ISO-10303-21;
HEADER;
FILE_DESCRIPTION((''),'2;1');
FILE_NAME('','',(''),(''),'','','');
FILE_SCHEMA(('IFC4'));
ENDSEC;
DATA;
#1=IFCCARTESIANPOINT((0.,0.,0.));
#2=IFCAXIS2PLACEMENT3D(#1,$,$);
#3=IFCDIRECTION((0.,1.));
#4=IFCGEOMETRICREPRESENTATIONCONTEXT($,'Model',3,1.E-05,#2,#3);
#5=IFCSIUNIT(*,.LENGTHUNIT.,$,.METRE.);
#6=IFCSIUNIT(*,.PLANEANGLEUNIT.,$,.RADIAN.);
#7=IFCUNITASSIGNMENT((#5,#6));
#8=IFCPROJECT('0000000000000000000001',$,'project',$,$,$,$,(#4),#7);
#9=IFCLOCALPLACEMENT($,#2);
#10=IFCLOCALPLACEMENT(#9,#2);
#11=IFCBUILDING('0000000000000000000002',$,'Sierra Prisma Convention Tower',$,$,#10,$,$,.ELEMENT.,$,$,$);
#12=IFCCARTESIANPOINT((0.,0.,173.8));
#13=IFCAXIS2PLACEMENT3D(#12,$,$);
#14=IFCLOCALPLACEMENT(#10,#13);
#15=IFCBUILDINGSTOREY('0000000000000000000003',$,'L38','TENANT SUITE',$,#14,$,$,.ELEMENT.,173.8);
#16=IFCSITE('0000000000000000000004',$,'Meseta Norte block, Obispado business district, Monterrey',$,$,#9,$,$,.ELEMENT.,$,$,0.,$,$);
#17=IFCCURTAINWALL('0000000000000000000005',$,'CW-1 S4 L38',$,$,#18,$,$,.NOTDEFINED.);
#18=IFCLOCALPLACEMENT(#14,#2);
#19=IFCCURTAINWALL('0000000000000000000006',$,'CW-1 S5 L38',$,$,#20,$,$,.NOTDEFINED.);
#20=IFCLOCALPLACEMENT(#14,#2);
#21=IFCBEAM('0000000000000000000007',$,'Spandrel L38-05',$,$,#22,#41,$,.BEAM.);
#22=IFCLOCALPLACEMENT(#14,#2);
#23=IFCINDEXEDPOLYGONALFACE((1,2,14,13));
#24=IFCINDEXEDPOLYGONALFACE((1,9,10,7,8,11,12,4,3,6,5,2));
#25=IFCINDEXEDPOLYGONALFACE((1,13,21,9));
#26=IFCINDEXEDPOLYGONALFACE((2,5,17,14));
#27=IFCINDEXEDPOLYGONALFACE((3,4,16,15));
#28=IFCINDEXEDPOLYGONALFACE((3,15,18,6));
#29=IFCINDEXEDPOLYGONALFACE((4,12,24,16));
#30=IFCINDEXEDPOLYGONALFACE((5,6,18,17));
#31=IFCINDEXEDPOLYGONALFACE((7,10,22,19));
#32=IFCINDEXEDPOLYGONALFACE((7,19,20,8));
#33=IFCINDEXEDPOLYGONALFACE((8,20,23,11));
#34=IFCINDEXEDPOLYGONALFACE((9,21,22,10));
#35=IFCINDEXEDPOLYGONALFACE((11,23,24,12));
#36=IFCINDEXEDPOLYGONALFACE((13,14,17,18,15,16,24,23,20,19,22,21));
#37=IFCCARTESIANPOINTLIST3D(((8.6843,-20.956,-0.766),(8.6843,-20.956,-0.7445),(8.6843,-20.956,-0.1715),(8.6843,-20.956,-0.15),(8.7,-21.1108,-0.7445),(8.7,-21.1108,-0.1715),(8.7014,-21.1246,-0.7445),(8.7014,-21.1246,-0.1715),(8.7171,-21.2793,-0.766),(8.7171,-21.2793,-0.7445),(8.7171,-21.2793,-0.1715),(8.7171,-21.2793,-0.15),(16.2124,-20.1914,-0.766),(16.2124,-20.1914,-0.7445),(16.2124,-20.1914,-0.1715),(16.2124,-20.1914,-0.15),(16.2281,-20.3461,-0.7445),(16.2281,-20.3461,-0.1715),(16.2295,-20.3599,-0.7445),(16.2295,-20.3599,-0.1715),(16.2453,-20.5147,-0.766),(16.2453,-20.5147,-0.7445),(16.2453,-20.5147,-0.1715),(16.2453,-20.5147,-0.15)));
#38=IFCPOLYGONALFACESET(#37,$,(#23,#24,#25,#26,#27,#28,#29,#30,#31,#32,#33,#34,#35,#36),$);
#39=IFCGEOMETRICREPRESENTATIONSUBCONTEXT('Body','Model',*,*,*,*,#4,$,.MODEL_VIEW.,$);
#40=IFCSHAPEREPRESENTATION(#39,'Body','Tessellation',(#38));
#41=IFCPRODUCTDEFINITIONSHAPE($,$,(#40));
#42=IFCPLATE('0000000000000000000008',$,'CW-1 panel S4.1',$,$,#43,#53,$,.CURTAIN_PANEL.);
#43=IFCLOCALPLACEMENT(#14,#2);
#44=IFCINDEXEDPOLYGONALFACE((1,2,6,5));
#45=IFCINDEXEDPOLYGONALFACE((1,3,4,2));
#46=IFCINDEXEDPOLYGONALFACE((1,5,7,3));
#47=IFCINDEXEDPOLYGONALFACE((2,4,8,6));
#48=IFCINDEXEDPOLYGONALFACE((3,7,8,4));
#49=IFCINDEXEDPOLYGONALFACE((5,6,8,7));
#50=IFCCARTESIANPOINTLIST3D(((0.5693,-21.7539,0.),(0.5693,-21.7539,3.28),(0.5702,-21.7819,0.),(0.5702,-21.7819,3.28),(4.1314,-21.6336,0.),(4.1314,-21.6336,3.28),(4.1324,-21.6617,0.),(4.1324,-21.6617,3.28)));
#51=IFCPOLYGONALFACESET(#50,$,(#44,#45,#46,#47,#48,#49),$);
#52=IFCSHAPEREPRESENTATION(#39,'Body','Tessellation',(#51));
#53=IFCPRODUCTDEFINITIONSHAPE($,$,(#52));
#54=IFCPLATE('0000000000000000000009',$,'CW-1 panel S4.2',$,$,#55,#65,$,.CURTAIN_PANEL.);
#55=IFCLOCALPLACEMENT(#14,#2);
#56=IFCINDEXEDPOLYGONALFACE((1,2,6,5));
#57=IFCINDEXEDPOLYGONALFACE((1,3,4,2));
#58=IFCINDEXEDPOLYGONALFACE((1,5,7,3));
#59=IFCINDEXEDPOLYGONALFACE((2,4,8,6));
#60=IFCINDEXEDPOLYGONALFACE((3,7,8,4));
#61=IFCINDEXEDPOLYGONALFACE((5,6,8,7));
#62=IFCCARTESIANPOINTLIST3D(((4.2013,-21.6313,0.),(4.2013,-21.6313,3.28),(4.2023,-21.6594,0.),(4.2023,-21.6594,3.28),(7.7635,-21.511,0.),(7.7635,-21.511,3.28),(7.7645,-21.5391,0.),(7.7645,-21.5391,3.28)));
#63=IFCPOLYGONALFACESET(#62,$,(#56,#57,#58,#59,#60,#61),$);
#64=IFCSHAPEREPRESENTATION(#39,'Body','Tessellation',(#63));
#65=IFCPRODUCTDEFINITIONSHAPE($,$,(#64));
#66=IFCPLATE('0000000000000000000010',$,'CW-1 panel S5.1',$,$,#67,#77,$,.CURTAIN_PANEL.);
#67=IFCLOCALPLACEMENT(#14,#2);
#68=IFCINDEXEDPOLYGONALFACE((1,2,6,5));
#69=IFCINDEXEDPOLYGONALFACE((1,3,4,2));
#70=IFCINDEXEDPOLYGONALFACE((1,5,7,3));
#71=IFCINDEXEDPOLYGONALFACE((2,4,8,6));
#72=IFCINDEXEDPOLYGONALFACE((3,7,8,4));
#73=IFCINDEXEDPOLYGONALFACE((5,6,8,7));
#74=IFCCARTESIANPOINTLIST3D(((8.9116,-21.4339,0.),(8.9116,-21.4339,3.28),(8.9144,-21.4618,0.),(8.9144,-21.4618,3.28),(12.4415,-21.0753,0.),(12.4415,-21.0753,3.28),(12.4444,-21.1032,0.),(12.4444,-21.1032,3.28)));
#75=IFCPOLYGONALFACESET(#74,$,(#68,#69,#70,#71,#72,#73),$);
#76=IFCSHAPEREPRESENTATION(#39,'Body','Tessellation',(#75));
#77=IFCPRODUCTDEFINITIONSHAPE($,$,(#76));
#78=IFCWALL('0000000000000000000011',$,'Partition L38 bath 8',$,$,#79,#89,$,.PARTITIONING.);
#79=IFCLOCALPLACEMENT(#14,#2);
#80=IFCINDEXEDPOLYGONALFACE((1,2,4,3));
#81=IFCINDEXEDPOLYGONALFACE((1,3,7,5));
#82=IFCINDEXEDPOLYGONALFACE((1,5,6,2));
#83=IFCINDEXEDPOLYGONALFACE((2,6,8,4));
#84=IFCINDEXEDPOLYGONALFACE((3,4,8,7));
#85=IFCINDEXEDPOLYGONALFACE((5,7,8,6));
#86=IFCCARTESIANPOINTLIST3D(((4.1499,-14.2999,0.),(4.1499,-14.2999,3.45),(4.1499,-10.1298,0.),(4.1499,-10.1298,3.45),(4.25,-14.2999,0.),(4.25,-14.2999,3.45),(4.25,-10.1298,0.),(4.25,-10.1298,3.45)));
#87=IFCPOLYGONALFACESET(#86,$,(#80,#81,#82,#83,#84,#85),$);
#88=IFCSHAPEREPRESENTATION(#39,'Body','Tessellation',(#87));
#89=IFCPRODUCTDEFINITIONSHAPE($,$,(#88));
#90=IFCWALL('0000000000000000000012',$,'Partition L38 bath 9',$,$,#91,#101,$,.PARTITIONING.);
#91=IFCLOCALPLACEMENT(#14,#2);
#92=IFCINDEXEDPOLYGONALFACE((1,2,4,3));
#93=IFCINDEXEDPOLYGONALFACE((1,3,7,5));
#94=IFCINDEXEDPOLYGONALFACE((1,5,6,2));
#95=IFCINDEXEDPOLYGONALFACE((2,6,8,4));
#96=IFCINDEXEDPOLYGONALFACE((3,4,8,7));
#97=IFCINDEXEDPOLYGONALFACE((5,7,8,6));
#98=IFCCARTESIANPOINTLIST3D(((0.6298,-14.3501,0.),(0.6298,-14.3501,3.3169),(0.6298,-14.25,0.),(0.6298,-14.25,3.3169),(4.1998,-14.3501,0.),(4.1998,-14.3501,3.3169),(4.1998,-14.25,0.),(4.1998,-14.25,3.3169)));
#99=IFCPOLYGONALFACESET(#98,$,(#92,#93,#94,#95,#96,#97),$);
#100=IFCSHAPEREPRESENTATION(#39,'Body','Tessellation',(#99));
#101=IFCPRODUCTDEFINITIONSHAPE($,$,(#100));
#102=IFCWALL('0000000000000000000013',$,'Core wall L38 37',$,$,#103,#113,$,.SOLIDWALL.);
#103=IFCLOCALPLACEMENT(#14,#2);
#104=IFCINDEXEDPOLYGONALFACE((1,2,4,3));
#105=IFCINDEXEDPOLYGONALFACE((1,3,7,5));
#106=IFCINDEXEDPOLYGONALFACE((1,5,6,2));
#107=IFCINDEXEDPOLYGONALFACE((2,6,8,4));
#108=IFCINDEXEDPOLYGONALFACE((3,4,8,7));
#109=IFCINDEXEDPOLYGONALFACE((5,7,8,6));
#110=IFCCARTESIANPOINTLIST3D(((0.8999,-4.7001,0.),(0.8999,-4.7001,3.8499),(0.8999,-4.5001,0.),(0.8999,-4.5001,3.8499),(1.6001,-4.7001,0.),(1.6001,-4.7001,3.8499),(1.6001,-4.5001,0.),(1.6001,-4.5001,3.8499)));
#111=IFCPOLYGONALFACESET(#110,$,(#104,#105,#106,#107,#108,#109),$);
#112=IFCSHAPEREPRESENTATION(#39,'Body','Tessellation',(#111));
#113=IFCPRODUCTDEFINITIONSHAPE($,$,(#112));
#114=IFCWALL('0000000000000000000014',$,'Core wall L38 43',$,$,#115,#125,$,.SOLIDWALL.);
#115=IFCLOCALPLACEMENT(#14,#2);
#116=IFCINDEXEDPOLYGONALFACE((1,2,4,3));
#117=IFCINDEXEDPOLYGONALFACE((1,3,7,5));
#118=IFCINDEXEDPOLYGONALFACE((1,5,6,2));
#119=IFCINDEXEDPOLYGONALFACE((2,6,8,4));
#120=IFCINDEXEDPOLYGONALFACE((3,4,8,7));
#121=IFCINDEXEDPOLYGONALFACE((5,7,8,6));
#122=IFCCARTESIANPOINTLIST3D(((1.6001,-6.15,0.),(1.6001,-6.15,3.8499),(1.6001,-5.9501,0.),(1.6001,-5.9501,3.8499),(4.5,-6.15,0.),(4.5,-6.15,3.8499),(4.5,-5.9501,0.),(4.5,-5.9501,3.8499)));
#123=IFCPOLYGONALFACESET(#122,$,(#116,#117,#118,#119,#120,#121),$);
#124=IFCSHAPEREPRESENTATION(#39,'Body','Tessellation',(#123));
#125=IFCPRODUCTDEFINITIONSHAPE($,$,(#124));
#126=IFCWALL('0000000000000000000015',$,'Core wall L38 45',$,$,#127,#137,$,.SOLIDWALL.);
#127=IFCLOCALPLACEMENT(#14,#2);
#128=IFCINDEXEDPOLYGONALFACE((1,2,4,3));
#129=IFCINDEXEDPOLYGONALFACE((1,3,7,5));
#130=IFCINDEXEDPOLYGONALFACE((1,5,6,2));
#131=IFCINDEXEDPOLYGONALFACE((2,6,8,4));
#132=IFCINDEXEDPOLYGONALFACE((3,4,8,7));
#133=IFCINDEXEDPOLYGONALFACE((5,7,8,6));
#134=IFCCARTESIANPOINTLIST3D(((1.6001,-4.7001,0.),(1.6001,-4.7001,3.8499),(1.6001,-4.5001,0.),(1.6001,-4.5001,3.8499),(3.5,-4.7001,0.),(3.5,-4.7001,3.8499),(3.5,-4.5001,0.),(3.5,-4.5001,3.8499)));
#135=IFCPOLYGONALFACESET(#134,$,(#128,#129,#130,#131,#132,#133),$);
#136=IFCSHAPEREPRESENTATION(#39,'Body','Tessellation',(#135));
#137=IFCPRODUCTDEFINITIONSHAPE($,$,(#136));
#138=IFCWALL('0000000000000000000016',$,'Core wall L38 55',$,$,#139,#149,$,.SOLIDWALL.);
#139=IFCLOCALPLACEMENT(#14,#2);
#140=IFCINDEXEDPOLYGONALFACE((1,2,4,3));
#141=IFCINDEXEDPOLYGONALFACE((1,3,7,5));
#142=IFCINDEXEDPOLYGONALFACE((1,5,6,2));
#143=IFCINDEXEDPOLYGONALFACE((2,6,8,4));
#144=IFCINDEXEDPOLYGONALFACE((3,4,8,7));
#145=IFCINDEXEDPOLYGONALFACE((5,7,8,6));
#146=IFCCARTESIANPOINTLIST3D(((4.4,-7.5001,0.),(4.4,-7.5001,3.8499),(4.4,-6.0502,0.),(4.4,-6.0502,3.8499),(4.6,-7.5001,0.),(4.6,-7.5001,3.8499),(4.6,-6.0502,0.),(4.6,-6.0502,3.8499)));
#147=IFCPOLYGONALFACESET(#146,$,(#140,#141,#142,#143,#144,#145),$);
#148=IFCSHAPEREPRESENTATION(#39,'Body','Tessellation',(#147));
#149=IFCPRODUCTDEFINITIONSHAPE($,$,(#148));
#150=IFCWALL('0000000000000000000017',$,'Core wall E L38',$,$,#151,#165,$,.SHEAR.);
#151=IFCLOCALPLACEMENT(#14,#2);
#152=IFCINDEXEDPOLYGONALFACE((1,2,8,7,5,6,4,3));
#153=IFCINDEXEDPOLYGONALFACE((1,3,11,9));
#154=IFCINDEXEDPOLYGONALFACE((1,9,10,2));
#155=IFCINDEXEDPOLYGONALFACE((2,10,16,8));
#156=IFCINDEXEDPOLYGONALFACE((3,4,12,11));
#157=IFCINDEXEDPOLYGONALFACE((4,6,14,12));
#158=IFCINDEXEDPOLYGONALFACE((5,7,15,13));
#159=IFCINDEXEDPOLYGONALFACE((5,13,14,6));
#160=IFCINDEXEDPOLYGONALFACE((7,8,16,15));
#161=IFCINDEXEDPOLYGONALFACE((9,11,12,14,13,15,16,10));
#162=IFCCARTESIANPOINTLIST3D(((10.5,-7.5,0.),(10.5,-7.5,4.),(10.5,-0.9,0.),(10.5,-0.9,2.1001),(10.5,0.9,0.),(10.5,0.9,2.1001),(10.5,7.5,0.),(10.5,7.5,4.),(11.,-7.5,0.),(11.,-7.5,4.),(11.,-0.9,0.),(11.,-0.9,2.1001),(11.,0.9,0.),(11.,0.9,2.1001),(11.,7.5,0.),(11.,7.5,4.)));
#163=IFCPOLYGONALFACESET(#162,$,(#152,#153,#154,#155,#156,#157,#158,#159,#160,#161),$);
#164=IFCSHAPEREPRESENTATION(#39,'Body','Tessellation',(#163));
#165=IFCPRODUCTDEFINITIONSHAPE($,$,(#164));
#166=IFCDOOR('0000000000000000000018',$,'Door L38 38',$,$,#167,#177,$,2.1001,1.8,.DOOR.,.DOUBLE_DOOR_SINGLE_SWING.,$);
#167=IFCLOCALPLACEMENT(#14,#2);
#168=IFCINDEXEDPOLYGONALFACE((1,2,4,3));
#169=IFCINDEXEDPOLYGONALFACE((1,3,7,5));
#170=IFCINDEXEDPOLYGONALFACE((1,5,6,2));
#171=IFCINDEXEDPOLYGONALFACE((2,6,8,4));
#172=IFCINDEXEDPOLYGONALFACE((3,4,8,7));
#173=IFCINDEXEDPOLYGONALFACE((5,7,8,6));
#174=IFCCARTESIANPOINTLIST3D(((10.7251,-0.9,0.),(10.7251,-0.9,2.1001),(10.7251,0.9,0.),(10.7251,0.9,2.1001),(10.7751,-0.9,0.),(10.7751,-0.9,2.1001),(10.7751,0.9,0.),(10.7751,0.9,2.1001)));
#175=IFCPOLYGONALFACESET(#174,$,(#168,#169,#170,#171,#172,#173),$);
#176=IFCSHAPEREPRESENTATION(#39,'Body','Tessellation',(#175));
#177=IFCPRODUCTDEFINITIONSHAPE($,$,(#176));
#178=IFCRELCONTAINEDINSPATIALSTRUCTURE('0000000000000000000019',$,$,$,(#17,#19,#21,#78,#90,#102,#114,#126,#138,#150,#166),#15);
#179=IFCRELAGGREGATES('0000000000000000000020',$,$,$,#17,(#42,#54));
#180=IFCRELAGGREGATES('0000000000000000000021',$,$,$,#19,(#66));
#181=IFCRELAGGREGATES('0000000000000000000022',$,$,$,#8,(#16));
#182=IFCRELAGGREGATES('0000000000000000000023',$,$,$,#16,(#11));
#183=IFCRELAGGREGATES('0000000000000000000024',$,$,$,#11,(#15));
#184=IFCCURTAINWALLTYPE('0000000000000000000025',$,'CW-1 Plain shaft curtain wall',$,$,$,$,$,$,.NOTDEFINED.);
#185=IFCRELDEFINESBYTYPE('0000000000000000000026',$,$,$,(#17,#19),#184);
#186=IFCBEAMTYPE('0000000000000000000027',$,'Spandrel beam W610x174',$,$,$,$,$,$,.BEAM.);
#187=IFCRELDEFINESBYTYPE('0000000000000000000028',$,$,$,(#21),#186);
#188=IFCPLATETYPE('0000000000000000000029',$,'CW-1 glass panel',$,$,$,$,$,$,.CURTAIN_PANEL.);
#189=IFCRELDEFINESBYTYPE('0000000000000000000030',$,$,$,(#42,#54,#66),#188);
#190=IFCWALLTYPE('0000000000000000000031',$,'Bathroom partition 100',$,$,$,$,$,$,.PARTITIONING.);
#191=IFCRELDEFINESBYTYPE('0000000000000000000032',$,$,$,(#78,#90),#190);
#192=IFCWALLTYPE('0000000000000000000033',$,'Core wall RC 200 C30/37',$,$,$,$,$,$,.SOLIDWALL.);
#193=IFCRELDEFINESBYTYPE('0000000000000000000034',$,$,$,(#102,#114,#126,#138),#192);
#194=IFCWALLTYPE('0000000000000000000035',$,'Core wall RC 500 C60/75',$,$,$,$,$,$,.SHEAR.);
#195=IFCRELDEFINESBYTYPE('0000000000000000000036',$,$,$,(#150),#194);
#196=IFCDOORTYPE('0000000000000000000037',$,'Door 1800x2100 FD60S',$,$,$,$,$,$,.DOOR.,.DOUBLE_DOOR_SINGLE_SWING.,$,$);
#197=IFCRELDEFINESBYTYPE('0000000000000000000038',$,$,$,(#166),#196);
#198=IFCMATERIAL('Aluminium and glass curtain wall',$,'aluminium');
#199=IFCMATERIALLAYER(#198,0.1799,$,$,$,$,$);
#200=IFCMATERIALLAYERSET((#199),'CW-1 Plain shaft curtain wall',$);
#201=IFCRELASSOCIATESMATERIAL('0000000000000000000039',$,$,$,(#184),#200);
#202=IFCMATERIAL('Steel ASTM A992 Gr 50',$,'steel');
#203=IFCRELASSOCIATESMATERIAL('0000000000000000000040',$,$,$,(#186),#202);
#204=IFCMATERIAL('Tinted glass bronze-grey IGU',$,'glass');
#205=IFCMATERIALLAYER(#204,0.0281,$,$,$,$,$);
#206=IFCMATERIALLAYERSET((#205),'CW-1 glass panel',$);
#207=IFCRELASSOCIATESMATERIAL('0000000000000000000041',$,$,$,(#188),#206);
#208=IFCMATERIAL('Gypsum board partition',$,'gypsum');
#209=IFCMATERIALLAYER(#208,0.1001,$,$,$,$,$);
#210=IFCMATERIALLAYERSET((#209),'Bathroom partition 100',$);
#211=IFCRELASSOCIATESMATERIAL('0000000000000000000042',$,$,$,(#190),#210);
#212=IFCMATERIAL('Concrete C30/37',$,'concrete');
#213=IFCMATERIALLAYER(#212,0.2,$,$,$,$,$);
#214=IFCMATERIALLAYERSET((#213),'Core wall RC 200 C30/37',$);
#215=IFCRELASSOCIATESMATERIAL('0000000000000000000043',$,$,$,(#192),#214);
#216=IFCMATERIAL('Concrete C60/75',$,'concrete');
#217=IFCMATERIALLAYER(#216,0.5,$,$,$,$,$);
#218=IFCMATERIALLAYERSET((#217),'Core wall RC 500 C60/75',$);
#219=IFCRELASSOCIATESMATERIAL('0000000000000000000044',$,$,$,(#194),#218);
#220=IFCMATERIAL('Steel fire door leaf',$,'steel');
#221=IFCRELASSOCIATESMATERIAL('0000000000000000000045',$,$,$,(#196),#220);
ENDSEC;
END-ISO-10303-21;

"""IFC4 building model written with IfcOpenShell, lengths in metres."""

from ifc_helpers import new_model, si_unit, direction, frame, frame_2d, origin, origin_2d, place, context, subcontext, project, spatial, rectangle, i_section, extrude, material, layer, layer_set, material_profile, profile_set, type_object, element, fill, aggregate, save


model = new_model("IFC4")

# Units and contexts
model_context = context("Model", 3, precision=1e-05, world=origin(), true_north=direction((0.0, 1.0)))
body_context = subcontext(model_context, "Body", "Model", "MODEL_VIEW")
ifc_project = project(units=[si_unit("LENGTHUNIT", "METRE"), si_unit("PLANEANGLEUNIT", "RADIAN")], contexts=[model_context])

# Site, building, storey
site_placement = place(None, origin())
site = spatial("IfcSite", under=ifc_project, at=site_placement, Name="Meseta Norte block, Obispado business district, Monterrey", CompositionType="ELEMENT", RefElevation=0.0)
building_placement = place(site_placement, origin())
building = spatial("IfcBuilding", under=site, at=building_placement, Name="Sierra Prisma Convention Tower", CompositionType="ELEMENT")
storey_placement = place(building_placement, frame((0.0, 0.0, 173.8)))
storey = spatial("IfcBuildingStorey", under=building, at=storey_placement, Name="L38", Description="TENANT SUITE", CompositionType="ELEMENT", Elevation=173.8)

# Curtain wall
ifc_material_1 = material(Name="Aluminium and glass curtain wall", Category="aluminium")
ifc_layer_1 = layer(ifc_material_1, 0.1799)
ifc_layer_set_1 = layer_set([ifc_layer_1], Name="CW-1 Plain shaft curtain wall")
curtain_wall_type = type_object("IfcCurtainWallType", Name="CW-1 Plain shaft curtain wall", PredefinedType="NOTDEFINED", material=ifc_layer_set_1)
curtain_wall_1_placement = place(storey_placement, origin())
curtain_wall_1 = element("IfcCurtainWall", 1, at=curtain_wall_1_placement, inside=storey, type_object=curtain_wall_type, Name="CW-1 S4 L38", PredefinedType="NOTDEFINED")

# Curtain wall
curtain_wall_2_placement = place(storey_placement, origin())
curtain_wall_2 = element("IfcCurtainWall", 2, at=curtain_wall_2_placement, inside=storey, type_object=curtain_wall_type, Name="CW-1 S5 L38", PredefinedType="NOTDEFINED")

# Beam
ifc_material_2 = material(Name="Steel ASTM A992 Gr 50", Category="steel")
ifc_material_profile_1 = material_profile(ifc_material_2, i_section(OverallWidth=0.325, OverallDepth=0.616, WebThickness=0.0139, FlangeThickness=0.0215, at=origin_2d()), Name="W610x174")
ifc_profile_set_1 = profile_set([ifc_material_profile_1], Name="Steel ASTM A992 Gr 50")
beam_type_1 = type_object("IfcBeamType", Name="Spandrel beam W610x174", PredefinedType="BEAM", material=ifc_profile_set_1)
beam_1_placement = place(storey_placement, frame((8.7007, -21.1177, -0.458), z_axis=(0.994881, 0.101053, 0.0), x_axis=(-0.101053, 0.994881, 0.0)))
element("IfcBeam", 3, at=beam_1_placement, inside=storey, type_object=beam_type_1, Name="Spandrel L38-05", PredefinedType="BEAM", context=body_context, shape_type="SweptSolid", body=[
    extrude(i_section(OverallWidth=0.325, OverallDepth=0.616, WebThickness=0.0139, FlangeThickness=0.0215, at=origin_2d()), origin(), (0.0, 0.0, 1.0), 7.5669),
])

# Plates
ifc_material_3 = material(Name="Tinted glass bronze-grey IGU", Category="glass")
ifc_layer_2 = layer(ifc_material_3, 0.0281)
ifc_layer_set_2 = layer_set([ifc_layer_2], Name="CW-1 glass panel")
plate_type = type_object("IfcPlateType", Name="CW-1 glass panel", PredefinedType="CURTAIN_PANEL", material=ifc_layer_set_2)
plate_1_placement = place(storey_placement, frame((2.3508, -21.7078, 0.0), z_axis=(0.0, 0.0, 1.0), x_axis=(0.999431, 0.03374, 0.0)))
plate_1 = element("IfcPlate", 4, at=plate_1_placement, type_object=plate_type, Name="CW-1 panel S4.1", PredefinedType="CURTAIN_PANEL", context=body_context, shape_type="SweptSolid", body=[
    extrude(rectangle(XDim=3.5642, YDim=0.0281, at=origin_2d()), origin(), (0.0, 0.0, 1.0), 3.28),
])
plate_2_placement = place(storey_placement, frame((5.9829, -21.5852, 0.0), z_axis=(0.0, 0.0, 1.0), x_axis=(0.999431, 0.03374, 0.0)))
plate_2 = element("IfcPlate", 5, at=plate_2_placement, type_object=plate_type, Name="CW-1 panel S4.2", PredefinedType="CURTAIN_PANEL", context=body_context, shape_type="SweptSolid", body=[
    extrude(rectangle(XDim=3.5642, YDim=0.0281, at=origin_2d()), origin(), (0.0, 0.0, 1.0), 3.28),
])
aggregate(curtain_wall_1, [plate_1, plate_2])
plate_3_placement = place(storey_placement, frame((10.678, -21.2686, 0.0), z_axis=(0.0, 0.0, 1.0), x_axis=(0.99488, 0.101067, 0.0)))
plate_3 = element("IfcPlate", 6, at=plate_3_placement, type_object=plate_type, Name="CW-1 panel S5.1", PredefinedType="CURTAIN_PANEL", context=body_context, shape_type="SweptSolid", body=[
    extrude(rectangle(XDim=3.5481, YDim=0.0281, at=origin_2d()), origin(), (0.0, 0.0, 1.0), 3.28),
])
aggregate(curtain_wall_2, [plate_3])

# Walls
ifc_material_4 = material(Name="Gypsum board partition", Category="gypsum")
ifc_layer_3 = layer(ifc_material_4, 0.1001)
ifc_layer_set_3 = layer_set([ifc_layer_3], Name="Bathroom partition 100")
wall_type_1 = type_object("IfcWallType", Name="Bathroom partition 100", PredefinedType="PARTITIONING", material=ifc_layer_set_3)
wall_1_placement = place(storey_placement, frame((4.2, -10.1299, 0.0), z_axis=(0.0, 0.0, 1.0), x_axis=(0.0, -1.0, 0.0)))
element("IfcWall", 7, at=wall_1_placement, inside=storey, type_object=wall_type_1, Name="Partition L38 bath 8", PredefinedType="PARTITIONING", context=body_context, shape_type="SweptSolid", body=[
    extrude(rectangle(XDim=4.1702, YDim=0.1001, at=frame_2d((2.085, 0.0))), origin(), (0.0, 0.0, 1.0), 3.45),
])
wall_2_placement = place(storey_placement, frame((4.2, -14.3, 0.0), z_axis=(0.0, 0.0, 1.0), x_axis=(-1.0, 0.0, 0.0)))
element("IfcWall", 8, at=wall_2_placement, inside=storey, type_object=wall_type_1, Name="Partition L38 bath 9", PredefinedType="PARTITIONING", context=body_context, shape_type="SweptSolid", body=[
    extrude(rectangle(XDim=3.5701, YDim=0.1001, at=frame_2d((1.7852, 0.0))), origin(), (0.0, 0.0, 1.0), 3.3169),
])
ifc_material_5 = material(Name="Concrete C30/37", Category="concrete")
ifc_layer_4 = layer(ifc_material_5, 0.2)
ifc_layer_set_4 = layer_set([ifc_layer_4], Name="Core wall RC 200 C30/37")
wall_type_2 = type_object("IfcWallType", Name="Core wall RC 200 C30/37", PredefinedType="SOLIDWALL", material=ifc_layer_set_4)
wall_3_placement = place(storey_placement, frame((0.8999, -4.6001, 0.0), z_axis=(0.0, 0.0, 1.0), x_axis=(1.0, 0.0, 0.0)))
element("IfcWall", 9, at=wall_3_placement, inside=storey, type_object=wall_type_2, Name="Core wall L38 37", PredefinedType="SOLIDWALL", context=body_context, shape_type="SweptSolid", body=[
    extrude(rectangle(XDim=0.7002, YDim=0.2, at=frame_2d((0.3501, 0.0))), origin(), (0.0, 0.0, 1.0), 3.8499),
])

# Wall
wall_4_placement = place(storey_placement, frame((4.5, -6.05, 0.0), z_axis=(0.0, 0.0, 1.0), x_axis=(-1.0, 0.0, 0.0)))
element("IfcWall", 10, at=wall_4_placement, inside=storey, type_object=wall_type_2, Name="Core wall L38 43", PredefinedType="SOLIDWALL", context=body_context, shape_type="SweptSolid", body=[
    extrude(rectangle(XDim=2.8999, YDim=0.2, at=frame_2d((1.45, 0.0))), origin(), (0.0, 0.0, 1.0), 3.8499),
])

# Walls
wall_5_placement = place(storey_placement, frame((3.5, -4.6001, 0.0), z_axis=(0.0, 0.0, 1.0), x_axis=(-1.0, 0.0, 0.0)))
element("IfcWall", 11, at=wall_5_placement, inside=storey, type_object=wall_type_2, Name="Core wall L38 45", PredefinedType="SOLIDWALL", context=body_context, shape_type="SweptSolid", body=[
    extrude(rectangle(XDim=1.8999, YDim=0.2, at=frame_2d((0.95, 0.0))), origin(), (0.0, 0.0, 1.0), 3.8499),
])
wall_6_placement = place(storey_placement, frame((4.5, -6.05, 0.0), z_axis=(0.0, 0.0, 1.0), x_axis=(0.0, -1.0, 0.0)))
element("IfcWall", 12, at=wall_6_placement, inside=storey, type_object=wall_type_2, Name="Core wall L38 55", PredefinedType="SOLIDWALL", context=body_context, shape_type="SweptSolid", body=[
    extrude(rectangle(XDim=1.45, YDim=0.2, at=frame_2d((0.7251, 0.0))), origin(), (0.0, 0.0, 1.0), 3.8499),
])

# Wall, opening, door
ifc_material_6 = material(Name="Concrete C60/75", Category="concrete")
ifc_layer_5 = layer(ifc_material_6, 0.5)
ifc_layer_set_5 = layer_set([ifc_layer_5], Name="Core wall RC 500 C60/75")
wall_type_3 = type_object("IfcWallType", Name="Core wall RC 500 C60/75", PredefinedType="SHEAR", material=ifc_layer_set_5)
wall_7_placement = place(storey_placement, frame((10.75, -7.5, 0.0), z_axis=(0.0, 0.0, 1.0), x_axis=(0.0, 1.0, 0.0)))
wall_7 = element("IfcWall", 13, at=wall_7_placement, inside=storey, type_object=wall_type_3, Name="Core wall E L38", PredefinedType="SHEAR", context=body_context, shape_type="SweptSolid", body=[
    extrude(rectangle(XDim=15.0, YDim=0.5, at=frame_2d((7.5, 0.0))), origin(), (0.0, 0.0, 1.0), 4.0),
])
opening_1_placement = place(wall_7_placement, frame((6.6001, 0.0, 0.0)))
opening_1 = element("IfcOpeningElement", 14, at=opening_1_placement, cuts=wall_7, PredefinedType="OPENING", context=body_context, shape_type="SweptSolid", body=[
    extrude(rectangle(XDim=1.8, YDim=2.1001, at=frame_2d((0.8999, 1.05))), frame((0.0, 0.25, 0.0), z_axis=(0.0, -1.0, 0.0), x_axis=(1.0, 0.0, 0.0)), (0.0, 0.0, 1.0), 0.5),
])
ifc_material_7 = material(Name="Steel fire door leaf", Category="steel")
door_type_1 = type_object("IfcDoorType", Name="Door 1800x2100 FD60S", OperationType="DOUBLE_DOOR_SINGLE_SWING", PredefinedType="DOOR", material=ifc_material_7)
door_1_placement = place(opening_1_placement, origin())
door_1 = element("IfcDoor", 15, at=door_1_placement, inside=storey, type_object=door_type_1, Name="Door L38 38", OperationType="DOUBLE_DOOR_SINGLE_SWING", OverallHeight=2.1001, OverallWidth=1.8, PredefinedType="DOOR", context=body_context, shape_type="SweptSolid", body=[
    extrude(rectangle(XDim=1.8, YDim=2.1001, at=frame_2d((0.8999, 1.05))), frame((0.0, 0.0249, 0.0), z_axis=(0.0, -1.0, 0.0), x_axis=(1.0, 0.0, 0.0)), (0.0, 0.0, 1.0), 0.05),
])
fill(opening_1, door_1)

save(model, "model.ifc")
